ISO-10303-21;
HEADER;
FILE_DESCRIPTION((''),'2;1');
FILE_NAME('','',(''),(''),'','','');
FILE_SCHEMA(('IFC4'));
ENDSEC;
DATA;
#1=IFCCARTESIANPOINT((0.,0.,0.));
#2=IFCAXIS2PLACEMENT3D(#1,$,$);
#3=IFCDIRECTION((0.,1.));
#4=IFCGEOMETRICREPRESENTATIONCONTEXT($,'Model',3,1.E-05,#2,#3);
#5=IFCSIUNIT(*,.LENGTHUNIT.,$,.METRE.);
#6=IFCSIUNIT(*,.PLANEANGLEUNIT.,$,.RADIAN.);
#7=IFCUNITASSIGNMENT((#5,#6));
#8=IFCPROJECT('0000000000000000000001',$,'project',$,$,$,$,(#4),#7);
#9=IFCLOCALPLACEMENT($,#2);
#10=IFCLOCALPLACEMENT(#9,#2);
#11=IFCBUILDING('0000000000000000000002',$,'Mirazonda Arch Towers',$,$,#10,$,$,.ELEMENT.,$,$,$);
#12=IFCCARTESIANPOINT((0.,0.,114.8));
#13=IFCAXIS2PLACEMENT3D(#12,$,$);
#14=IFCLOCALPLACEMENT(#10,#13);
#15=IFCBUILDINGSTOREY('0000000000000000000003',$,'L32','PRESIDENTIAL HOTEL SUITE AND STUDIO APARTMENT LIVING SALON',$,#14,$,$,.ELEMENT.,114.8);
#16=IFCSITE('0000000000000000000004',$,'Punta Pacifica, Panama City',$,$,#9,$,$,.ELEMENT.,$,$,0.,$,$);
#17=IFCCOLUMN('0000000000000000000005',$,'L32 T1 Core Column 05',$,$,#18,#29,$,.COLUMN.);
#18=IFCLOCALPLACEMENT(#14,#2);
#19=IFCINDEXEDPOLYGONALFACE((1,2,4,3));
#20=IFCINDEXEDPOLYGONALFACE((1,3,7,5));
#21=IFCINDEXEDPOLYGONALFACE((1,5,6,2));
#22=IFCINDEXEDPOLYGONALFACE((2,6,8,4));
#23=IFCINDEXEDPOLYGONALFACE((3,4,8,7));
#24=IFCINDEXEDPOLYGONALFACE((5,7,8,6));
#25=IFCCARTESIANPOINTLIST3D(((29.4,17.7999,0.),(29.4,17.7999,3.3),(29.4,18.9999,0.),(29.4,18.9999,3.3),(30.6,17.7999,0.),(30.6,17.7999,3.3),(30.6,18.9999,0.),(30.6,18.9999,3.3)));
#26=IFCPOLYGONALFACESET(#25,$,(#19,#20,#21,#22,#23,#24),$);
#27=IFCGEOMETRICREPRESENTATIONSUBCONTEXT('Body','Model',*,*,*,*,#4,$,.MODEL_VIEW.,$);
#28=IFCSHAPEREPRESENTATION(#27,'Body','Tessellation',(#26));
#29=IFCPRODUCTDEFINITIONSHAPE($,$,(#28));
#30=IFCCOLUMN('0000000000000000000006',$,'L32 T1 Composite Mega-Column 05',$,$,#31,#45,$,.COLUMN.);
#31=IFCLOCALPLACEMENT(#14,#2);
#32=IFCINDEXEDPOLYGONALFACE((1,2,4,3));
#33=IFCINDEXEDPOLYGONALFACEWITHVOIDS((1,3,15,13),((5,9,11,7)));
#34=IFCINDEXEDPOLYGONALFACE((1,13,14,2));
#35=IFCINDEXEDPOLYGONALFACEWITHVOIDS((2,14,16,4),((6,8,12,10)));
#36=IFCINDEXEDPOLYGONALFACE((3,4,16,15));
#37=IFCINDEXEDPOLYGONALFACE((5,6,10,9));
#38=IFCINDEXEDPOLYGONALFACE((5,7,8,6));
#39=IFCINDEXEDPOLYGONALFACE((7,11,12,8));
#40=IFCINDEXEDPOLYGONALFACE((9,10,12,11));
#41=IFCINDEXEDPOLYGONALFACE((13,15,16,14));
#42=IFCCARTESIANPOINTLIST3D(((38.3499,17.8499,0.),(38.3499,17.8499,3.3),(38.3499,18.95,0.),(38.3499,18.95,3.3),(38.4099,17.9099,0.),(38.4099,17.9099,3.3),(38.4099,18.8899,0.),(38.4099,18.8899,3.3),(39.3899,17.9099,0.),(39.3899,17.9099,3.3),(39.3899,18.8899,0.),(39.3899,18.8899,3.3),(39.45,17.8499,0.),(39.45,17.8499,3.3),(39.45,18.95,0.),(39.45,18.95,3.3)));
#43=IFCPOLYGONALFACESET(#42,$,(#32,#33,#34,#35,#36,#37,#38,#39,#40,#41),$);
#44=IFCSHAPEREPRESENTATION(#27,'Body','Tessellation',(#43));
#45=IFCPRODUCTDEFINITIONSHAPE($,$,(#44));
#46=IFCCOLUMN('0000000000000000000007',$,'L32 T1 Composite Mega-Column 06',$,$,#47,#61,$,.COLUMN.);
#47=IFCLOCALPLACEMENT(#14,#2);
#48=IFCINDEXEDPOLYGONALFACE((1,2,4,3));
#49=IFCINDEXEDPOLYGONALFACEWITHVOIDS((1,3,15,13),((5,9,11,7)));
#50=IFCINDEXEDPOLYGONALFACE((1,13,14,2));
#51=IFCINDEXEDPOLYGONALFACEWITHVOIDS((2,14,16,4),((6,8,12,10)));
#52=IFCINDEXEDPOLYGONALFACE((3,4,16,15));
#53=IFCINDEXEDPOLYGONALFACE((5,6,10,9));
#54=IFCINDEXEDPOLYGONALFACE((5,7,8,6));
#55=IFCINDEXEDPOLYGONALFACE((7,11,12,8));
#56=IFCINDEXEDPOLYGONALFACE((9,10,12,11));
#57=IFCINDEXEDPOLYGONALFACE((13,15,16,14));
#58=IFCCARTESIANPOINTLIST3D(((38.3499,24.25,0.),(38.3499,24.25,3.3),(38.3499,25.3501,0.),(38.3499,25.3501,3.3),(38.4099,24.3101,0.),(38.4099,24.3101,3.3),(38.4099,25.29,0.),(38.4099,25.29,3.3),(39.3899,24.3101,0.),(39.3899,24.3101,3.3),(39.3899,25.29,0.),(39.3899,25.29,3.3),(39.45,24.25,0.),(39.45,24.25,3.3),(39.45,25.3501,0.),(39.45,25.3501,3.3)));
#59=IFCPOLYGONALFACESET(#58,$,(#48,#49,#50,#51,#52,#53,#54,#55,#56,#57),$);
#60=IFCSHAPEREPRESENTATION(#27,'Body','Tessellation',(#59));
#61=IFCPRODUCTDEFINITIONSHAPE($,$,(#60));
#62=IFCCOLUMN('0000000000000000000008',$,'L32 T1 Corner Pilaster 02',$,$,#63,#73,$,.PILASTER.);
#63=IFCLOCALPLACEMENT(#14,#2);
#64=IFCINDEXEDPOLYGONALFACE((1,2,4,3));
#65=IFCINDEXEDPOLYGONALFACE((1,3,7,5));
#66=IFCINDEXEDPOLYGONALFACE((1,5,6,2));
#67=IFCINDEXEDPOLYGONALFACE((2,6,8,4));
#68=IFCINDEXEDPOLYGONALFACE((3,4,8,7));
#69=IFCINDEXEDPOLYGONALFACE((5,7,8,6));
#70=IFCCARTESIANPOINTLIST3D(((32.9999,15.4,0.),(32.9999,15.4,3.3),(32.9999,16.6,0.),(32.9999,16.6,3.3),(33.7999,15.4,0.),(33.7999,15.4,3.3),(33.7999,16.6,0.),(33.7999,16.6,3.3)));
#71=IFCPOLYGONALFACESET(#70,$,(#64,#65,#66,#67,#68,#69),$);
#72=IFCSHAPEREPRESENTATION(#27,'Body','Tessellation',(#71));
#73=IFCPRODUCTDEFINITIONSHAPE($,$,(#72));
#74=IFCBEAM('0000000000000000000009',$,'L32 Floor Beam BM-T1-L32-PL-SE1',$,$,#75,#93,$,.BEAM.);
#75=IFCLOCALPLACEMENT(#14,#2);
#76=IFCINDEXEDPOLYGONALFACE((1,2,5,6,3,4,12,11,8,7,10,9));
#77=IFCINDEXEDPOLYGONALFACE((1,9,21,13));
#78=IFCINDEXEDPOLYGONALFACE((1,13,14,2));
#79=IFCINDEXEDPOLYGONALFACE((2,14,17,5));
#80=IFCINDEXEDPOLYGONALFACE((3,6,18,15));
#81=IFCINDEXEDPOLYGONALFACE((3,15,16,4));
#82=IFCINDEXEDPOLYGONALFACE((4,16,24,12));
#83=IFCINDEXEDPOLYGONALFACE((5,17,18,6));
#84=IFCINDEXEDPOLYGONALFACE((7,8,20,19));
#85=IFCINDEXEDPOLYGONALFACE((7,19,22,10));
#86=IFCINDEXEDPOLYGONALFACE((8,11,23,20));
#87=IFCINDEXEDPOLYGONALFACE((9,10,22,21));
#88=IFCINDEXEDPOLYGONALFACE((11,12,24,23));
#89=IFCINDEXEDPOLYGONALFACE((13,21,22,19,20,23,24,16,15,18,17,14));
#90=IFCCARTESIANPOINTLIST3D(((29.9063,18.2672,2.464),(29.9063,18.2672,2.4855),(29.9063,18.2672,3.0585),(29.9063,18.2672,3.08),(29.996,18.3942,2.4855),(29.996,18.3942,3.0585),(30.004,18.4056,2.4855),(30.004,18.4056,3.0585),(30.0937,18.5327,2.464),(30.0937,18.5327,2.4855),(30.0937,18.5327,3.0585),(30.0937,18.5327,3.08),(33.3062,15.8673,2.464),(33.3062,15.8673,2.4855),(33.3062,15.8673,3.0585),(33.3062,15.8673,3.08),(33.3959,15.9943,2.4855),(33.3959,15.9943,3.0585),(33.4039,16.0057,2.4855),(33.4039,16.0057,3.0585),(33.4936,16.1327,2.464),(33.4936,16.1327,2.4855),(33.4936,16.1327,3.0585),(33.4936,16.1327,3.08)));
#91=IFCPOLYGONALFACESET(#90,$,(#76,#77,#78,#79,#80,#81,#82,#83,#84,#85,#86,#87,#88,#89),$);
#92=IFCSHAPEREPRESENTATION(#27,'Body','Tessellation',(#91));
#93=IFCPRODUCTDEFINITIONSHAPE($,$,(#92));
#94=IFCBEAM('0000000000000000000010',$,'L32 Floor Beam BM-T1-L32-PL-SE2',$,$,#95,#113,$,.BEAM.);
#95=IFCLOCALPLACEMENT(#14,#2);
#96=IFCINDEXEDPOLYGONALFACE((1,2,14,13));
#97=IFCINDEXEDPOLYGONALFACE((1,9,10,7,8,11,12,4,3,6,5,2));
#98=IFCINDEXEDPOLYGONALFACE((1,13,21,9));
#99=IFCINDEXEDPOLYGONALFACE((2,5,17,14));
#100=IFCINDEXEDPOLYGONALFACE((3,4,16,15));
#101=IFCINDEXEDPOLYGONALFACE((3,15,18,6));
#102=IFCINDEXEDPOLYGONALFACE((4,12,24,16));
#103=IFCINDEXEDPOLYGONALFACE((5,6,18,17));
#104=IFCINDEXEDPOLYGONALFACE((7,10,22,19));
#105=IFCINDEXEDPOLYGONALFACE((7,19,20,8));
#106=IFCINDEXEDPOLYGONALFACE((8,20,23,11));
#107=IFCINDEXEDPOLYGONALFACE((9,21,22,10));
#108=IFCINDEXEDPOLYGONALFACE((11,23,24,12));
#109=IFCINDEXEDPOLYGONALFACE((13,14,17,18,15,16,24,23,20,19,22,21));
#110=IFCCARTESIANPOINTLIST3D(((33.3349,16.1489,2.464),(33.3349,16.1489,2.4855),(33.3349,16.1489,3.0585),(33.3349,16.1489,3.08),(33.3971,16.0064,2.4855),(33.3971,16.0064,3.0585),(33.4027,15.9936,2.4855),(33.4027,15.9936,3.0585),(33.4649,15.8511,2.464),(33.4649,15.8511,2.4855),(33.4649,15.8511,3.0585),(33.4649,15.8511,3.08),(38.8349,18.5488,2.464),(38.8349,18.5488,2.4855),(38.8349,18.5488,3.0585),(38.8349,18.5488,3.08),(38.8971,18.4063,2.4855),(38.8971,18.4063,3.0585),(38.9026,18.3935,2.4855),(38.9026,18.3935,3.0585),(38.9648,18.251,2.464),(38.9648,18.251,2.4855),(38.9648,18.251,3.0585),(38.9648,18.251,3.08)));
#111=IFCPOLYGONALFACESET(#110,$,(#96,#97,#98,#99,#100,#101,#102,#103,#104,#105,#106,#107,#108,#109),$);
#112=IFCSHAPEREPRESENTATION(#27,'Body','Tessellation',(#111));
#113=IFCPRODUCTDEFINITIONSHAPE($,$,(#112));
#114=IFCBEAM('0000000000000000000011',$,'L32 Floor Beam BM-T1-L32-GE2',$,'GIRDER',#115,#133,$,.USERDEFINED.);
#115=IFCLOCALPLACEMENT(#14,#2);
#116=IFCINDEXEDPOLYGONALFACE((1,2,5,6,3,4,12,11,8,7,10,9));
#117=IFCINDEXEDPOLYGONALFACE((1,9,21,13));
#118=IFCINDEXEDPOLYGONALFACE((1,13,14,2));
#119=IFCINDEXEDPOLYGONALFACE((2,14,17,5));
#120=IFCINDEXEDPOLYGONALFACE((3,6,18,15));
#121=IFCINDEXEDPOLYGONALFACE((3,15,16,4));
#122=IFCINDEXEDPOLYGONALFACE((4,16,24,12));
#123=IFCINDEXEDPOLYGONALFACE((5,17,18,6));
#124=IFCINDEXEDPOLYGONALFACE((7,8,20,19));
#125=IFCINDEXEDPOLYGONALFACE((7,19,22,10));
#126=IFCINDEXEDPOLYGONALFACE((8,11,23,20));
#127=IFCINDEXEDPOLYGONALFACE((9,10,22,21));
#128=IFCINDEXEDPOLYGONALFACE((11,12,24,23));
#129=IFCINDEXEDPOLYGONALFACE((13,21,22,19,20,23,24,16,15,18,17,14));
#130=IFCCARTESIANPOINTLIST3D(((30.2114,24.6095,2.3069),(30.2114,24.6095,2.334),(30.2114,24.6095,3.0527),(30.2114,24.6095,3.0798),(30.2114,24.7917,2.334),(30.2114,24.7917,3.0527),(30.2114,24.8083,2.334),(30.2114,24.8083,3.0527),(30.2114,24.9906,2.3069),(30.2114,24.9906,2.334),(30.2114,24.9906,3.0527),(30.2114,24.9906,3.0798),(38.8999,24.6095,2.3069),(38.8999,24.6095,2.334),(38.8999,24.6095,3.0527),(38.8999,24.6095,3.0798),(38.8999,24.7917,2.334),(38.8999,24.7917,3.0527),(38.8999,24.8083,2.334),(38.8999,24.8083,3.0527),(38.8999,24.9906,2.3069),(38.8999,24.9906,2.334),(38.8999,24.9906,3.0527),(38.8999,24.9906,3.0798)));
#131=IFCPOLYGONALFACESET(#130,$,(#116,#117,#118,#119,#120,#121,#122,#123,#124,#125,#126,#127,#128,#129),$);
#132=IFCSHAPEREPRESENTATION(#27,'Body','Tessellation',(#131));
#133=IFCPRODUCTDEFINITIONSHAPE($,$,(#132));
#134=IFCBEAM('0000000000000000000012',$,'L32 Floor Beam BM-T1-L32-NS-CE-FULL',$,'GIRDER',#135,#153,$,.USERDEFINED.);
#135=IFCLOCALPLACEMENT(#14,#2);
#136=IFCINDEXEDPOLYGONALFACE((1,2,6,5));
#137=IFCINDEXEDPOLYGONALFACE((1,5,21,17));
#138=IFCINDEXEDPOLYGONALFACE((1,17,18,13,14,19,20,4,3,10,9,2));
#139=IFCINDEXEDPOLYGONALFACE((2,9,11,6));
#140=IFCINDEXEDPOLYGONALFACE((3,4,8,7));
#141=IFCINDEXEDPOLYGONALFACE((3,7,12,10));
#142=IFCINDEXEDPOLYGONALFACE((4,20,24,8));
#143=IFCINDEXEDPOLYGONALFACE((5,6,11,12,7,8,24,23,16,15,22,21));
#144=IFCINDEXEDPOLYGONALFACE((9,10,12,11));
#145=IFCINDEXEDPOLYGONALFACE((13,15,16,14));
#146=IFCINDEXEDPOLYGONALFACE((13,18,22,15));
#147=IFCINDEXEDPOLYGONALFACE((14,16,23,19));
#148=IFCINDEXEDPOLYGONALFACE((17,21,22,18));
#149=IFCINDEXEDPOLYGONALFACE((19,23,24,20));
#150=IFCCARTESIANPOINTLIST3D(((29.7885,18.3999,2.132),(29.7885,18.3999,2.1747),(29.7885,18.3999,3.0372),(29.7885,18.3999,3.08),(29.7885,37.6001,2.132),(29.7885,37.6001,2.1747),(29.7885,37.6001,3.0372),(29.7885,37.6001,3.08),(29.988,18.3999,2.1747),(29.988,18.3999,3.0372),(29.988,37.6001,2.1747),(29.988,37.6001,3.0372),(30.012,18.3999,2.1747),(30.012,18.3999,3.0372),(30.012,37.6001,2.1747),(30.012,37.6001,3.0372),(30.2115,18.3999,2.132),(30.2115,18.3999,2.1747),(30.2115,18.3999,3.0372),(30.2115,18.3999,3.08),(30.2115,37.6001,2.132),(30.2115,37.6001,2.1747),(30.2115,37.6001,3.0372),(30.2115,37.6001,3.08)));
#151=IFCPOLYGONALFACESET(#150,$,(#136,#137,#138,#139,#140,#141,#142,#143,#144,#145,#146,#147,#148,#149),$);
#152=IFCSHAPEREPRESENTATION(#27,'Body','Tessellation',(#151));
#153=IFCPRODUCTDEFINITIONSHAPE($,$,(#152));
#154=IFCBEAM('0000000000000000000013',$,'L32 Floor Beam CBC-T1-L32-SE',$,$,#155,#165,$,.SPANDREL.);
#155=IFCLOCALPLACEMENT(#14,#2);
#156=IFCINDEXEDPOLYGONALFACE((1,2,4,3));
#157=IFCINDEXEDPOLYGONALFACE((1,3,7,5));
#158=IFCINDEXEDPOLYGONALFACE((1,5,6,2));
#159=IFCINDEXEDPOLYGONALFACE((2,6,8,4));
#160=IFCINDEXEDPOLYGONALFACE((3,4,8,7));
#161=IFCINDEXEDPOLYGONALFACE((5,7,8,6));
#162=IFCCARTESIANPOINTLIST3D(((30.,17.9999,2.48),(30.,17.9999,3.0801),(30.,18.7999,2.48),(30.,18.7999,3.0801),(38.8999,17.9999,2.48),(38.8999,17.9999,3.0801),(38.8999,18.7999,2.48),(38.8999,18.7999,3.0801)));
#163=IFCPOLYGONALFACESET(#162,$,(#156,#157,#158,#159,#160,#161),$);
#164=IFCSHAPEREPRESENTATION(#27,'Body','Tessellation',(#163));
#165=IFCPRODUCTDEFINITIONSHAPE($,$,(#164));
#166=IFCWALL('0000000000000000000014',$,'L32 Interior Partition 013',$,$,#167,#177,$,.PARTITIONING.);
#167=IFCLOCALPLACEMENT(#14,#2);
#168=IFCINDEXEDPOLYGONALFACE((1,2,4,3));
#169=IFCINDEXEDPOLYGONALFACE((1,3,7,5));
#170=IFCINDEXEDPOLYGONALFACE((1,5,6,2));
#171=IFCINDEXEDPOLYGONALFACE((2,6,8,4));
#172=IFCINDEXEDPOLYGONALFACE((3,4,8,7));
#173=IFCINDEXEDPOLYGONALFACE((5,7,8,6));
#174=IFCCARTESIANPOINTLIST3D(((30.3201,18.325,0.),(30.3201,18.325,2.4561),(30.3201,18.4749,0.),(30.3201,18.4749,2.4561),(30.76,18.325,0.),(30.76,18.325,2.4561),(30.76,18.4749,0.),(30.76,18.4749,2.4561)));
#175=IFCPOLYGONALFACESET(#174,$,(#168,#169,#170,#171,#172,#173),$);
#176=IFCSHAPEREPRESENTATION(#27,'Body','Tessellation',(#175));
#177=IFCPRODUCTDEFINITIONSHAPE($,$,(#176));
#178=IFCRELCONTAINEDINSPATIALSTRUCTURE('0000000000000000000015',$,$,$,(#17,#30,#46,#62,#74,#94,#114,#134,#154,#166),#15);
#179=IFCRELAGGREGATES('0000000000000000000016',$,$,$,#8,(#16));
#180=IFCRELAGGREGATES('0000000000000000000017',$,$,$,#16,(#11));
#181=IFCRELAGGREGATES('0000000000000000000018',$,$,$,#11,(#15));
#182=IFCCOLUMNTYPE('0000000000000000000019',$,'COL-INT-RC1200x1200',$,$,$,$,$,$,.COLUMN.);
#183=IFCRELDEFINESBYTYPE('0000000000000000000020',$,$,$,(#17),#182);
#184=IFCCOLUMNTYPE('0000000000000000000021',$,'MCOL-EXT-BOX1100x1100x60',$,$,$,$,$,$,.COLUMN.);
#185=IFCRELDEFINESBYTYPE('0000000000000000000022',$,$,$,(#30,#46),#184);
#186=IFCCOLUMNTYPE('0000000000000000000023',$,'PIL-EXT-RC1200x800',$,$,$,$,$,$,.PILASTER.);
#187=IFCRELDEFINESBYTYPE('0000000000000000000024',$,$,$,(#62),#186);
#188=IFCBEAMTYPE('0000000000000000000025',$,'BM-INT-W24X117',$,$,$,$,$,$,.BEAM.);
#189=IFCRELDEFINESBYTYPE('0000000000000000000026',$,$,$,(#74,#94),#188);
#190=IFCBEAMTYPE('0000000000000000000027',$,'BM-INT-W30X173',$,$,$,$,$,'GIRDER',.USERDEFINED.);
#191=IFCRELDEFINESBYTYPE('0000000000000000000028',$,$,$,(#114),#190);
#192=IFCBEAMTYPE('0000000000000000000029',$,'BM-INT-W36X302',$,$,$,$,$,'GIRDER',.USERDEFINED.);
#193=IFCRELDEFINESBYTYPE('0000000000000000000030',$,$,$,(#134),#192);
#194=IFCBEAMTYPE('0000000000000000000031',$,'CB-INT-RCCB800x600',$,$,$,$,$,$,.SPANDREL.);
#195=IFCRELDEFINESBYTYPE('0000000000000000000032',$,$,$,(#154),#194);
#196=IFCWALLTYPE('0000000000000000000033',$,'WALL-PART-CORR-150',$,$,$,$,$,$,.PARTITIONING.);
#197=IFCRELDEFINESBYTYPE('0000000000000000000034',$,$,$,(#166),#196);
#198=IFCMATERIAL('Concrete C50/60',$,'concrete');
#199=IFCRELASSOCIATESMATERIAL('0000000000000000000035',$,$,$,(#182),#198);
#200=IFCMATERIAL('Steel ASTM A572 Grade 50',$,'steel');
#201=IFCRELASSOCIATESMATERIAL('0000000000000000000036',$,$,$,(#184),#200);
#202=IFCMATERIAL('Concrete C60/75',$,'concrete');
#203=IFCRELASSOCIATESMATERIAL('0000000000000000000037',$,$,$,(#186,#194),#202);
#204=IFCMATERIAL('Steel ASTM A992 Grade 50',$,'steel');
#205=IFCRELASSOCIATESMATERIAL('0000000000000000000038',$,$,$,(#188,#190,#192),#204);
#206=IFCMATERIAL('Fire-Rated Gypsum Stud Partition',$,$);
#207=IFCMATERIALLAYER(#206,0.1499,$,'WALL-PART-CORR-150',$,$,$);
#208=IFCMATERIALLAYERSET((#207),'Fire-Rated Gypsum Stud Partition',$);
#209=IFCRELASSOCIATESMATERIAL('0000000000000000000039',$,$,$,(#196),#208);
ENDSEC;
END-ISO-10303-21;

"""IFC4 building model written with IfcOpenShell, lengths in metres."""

from ifc_helpers import new_model, si_unit, direction, frame, frame_2d, origin, origin_2d, place, context, subcontext, project, spatial, rectangle, hollow_rectangle, i_section, extrude, material, layer, layer_set, material_profile, profile_set, type_object, element, save


model = new_model("IFC4")

# Units and contexts
model_context = context("Model", 3, precision=1e-05, world=origin(), true_north=direction((0.0, 1.0)))
body_context = subcontext(model_context, "Body", "Model", "MODEL_VIEW")
ifc_project = project(units=[si_unit("LENGTHUNIT", "METRE"), si_unit("PLANEANGLEUNIT", "RADIAN")], contexts=[model_context])

# Site, building, storey
site_placement = place(None, origin())
site = spatial("IfcSite", under=ifc_project, at=site_placement, Name="Punta Pacifica, Panama City", CompositionType="ELEMENT", RefElevation=0.0)
building_placement = place(site_placement, origin())
building = spatial("IfcBuilding", under=site, at=building_placement, Name="Mirazonda Arch Towers", CompositionType="ELEMENT")
storey_placement = place(building_placement, frame((0.0, 0.0, 114.8)))
storey = spatial("IfcBuildingStorey", under=building, at=storey_placement, Name="L32", Description="PRESIDENTIAL HOTEL SUITE AND STUDIO APARTMENT LIVING SALON", CompositionType="ELEMENT", Elevation=114.8)

# Columns
ifc_material_1 = material(Name="Concrete C50/60", Category="concrete")
ifc_material_profile_1 = material_profile(ifc_material_1, rectangle(XDim=1.2, YDim=1.2, at=origin_2d()), Name="RC1200x1200")
ifc_profile_set_1 = profile_set([ifc_material_profile_1], Name="Concrete C50/60")
column_type_1 = type_object("IfcColumnType", Name="COL-INT-RC1200x1200", PredefinedType="COLUMN", material=ifc_profile_set_1)
column_1_placement = place(storey_placement, frame((30.0, 18.3999, 0.0), z_axis=(0.0, 0.0, 1.0), x_axis=(1.0, 0.0, 0.0)))
element("IfcColumn", 1, at=column_1_placement, inside=storey, type_object=column_type_1, Name="L32 T1 Core Column 05", PredefinedType="COLUMN", context=body_context, shape_type="SweptSolid", body=[
    extrude(rectangle(XDim=1.2, YDim=1.2, at=origin_2d()), origin(), (0.0, 0.0, 1.0), 3.3),
])
ifc_material_2 = material(Name="Steel ASTM A572 Grade 50", Category="steel")
ifc_material_profile_2 = material_profile(ifc_material_2, hollow_rectangle(XDim=1.1001, YDim=1.1001, WallThickness=0.0601, at=origin_2d()), Name="BOX1100x1100x60")
ifc_profile_set_2 = profile_set([ifc_material_profile_2], Name="Steel ASTM A572 Grade 50")
column_type_2 = type_object("IfcColumnType", Name="MCOL-EXT-BOX1100x1100x60", PredefinedType="COLUMN", material=ifc_profile_set_2)
for number, where, z_axis, x_axis, name in (
    (2, (38.8999, 18.3999, 0.0), (0.0, 0.0, 1.0), (1.0, 0.0, 0.0), "L32 T1 Composite Mega-Column 05"),
    (3, (38.8999, 24.8, 0.0), (0.0, 0.0, 1.0), (1.0, 0.0, 0.0), "L32 T1 Composite Mega-Column 06"),
):
    element("IfcColumn", number, at=place(storey_placement, frame(where, z_axis=z_axis, x_axis=x_axis)), inside=storey, type_object=column_type_2, Name=name, PredefinedType="COLUMN", context=body_context, shape_type="SweptSolid", body=[
        extrude(hollow_rectangle(XDim=1.1001, YDim=1.1001, WallThickness=0.0601, at=origin_2d()), origin(), (0.0, 0.0, 1.0), 3.3),
    ])
ifc_material_3 = material(Name="Concrete C60/75", Category="concrete")
ifc_material_profile_3 = material_profile(ifc_material_3, rectangle(XDim=0.8, YDim=1.2, at=origin_2d()), Name="RC1200x800")
ifc_profile_set_3 = profile_set([ifc_material_profile_3], Name="Concrete C60/75")
column_type_3 = type_object("IfcColumnType", Name="PIL-EXT-RC1200x800", PredefinedType="PILASTER", material=ifc_profile_set_3)
column_2_placement = place(storey_placement, frame((33.3999, 16.0, 0.0), z_axis=(0.0, 0.0, 1.0), x_axis=(1.0, 0.0, 0.0)))
element("IfcColumn", 4, at=column_2_placement, inside=storey, type_object=column_type_3, Name="L32 T1 Corner Pilaster 02", PredefinedType="PILASTER", context=body_context, shape_type="SweptSolid", body=[
    extrude(rectangle(XDim=0.8, YDim=1.2, at=origin_2d()), origin(), (0.0, 0.0, 1.0), 3.3),
])

# Beams
ifc_material_4 = material(Name="Steel ASTM A992 Grade 50", Category="steel")
ifc_material_profile_4 = material_profile(ifc_material_4, i_section(OverallWidth=0.325, OverallDepth=0.616, WebThickness=0.0139, FlangeThickness=0.0215, at=origin_2d()), Name="W24X117")
ifc_profile_set_4 = profile_set([ifc_material_profile_4], Name="Steel ASTM A992 Grade 50")
beam_type_1 = type_object("IfcBeamType", Name="BM-INT-W24X117", PredefinedType="BEAM", material=ifc_profile_set_4)
beam_1_placement = place(storey_placement, frame((33.3999, 16.0, 2.772), z_axis=(-0.816971, 0.576679, 0.0), x_axis=(-0.576679, -0.816971, 0.0)))
element("IfcBeam", 5, at=beam_1_placement, inside=storey, type_object=beam_type_1, Name="L32 Floor Beam BM-T1-L32-PL-SE1", PredefinedType="BEAM", context=body_context, shape_type="SweptSolid", body=[
    extrude(i_section(OverallWidth=0.325, OverallDepth=0.616, WebThickness=0.0139, FlangeThickness=0.0215, at=origin_2d()), origin(), (0.0, 0.0, 1.0), 4.1616),
])
beam_2_placement = place(storey_placement, frame((33.3999, 16.0, 2.772), z_axis=(0.916545, 0.399931, 0.0), x_axis=(-0.399931, 0.916545, 0.0)))
element("IfcBeam", 6, at=beam_2_placement, inside=storey, type_object=beam_type_1, Name="L32 Floor Beam BM-T1-L32-PL-SE2", PredefinedType="BEAM", context=body_context, shape_type="SweptSolid", body=[
    extrude(i_section(OverallWidth=0.325, OverallDepth=0.616, WebThickness=0.0139, FlangeThickness=0.0215, at=origin_2d()), origin(), (0.0, 0.0, 1.0), 6.0007),
])
ifc_material_profile_5 = material_profile(ifc_material_4, i_section(OverallWidth=0.3811, OverallDepth=0.7729, WebThickness=0.0166, FlangeThickness=0.0271, at=origin_2d()), Name="W30X173")
ifc_profile_set_5 = profile_set([ifc_material_profile_5], Name="Steel ASTM A992 Grade 50")
beam_type_2 = type_object("IfcBeamType", Name="BM-INT-W30X173", ElementType="GIRDER", PredefinedType="USERDEFINED", material=ifc_profile_set_5)
beam_3_placement = place(storey_placement, frame((30.2114, 24.8, 2.6934), z_axis=(1.0, 0.0, 0.0), x_axis=(0.0, 1.0, 0.0)))
element("IfcBeam", 7, at=beam_3_placement, inside=storey, type_object=beam_type_2, Name="L32 Floor Beam BM-T1-L32-GE2", ObjectType="GIRDER", PredefinedType="USERDEFINED", context=body_context, shape_type="SweptSolid", body=[
    extrude(i_section(OverallWidth=0.3811, OverallDepth=0.7729, WebThickness=0.0166, FlangeThickness=0.0271, at=origin_2d()), origin(), (0.0, 0.0, 1.0), 8.6885),
])
ifc_material_profile_6 = material_profile(ifc_material_4, i_section(OverallWidth=0.4231, OverallDepth=0.948, WebThickness=0.0239, FlangeThickness=0.0427, at=origin_2d()), Name="W36X302")
ifc_profile_set_6 = profile_set([ifc_material_profile_6], Name="Steel ASTM A992 Grade 50")
beam_type_3 = type_object("IfcBeamType", Name="BM-INT-W36X302", ElementType="GIRDER", PredefinedType="USERDEFINED", material=ifc_profile_set_6)
beam_4_placement = place(storey_placement, frame((30.0, 18.3999, 2.606), z_axis=(0.0, 1.0, 0.0), x_axis=(-1.0, 0.0, 0.0)))
element("IfcBeam", 8, at=beam_4_placement, inside=storey, type_object=beam_type_3, Name="L32 Floor Beam BM-T1-L32-NS-CE-FULL", ObjectType="GIRDER", PredefinedType="USERDEFINED", context=body_context, shape_type="SweptSolid", body=[
    extrude(i_section(OverallWidth=0.4231, OverallDepth=0.948, WebThickness=0.0239, FlangeThickness=0.0427, at=origin_2d()), origin(), (0.0, 0.0, 1.0), 19.2002),
])
ifc_material_profile_7 = material_profile(ifc_material_3, rectangle(XDim=0.8, YDim=0.6001, at=origin_2d()), Name="RCCB800x600")
ifc_profile_set_7 = profile_set([ifc_material_profile_7], Name="Concrete C60/75")
beam_type_4 = type_object("IfcBeamType", Name="CB-INT-RCCB800x600", PredefinedType="SPANDREL", material=ifc_profile_set_7)
beam_5_placement = place(storey_placement, frame((30.0, 18.3999, 2.78), z_axis=(1.0, 0.0, 0.0), x_axis=(0.0, 1.0, 0.0)))
element("IfcBeam", 9, at=beam_5_placement, inside=storey, type_object=beam_type_4, Name="L32 Floor Beam CBC-T1-L32-SE", PredefinedType="SPANDREL", context=body_context, shape_type="SweptSolid", body=[
    extrude(rectangle(XDim=0.8, YDim=0.6001, at=origin_2d()), origin(), (0.0, 0.0, 1.0), 8.8999),
])

# Wall
ifc_material_5 = material(Name="Fire-Rated Gypsum Stud Partition")
ifc_layer_1 = layer(ifc_material_5, 0.1499, Name="WALL-PART-CORR-150")
ifc_layer_set_1 = layer_set([ifc_layer_1], Name="Fire-Rated Gypsum Stud Partition")
wall_type_1 = type_object("IfcWallType", Name="WALL-PART-CORR-150", PredefinedType="PARTITIONING", material=ifc_layer_set_1)
wall_1_placement = place(storey_placement, frame((30.3201, 18.3999, 0.0), z_axis=(0.0, 0.0, 1.0), x_axis=(1.0, 0.0, 0.0)))
element("IfcWall", 10, at=wall_1_placement, inside=storey, type_object=wall_type_1, Name="L32 Interior Partition 013", PredefinedType="PARTITIONING", context=body_context, shape_type="SweptSolid", body=[
    extrude(rectangle(XDim=0.4399, YDim=0.1499, at=frame_2d((0.22, 0.0))), origin(), (0.0, 0.0, 1.0), 2.4561),
])

save(model, "model.ifc")
